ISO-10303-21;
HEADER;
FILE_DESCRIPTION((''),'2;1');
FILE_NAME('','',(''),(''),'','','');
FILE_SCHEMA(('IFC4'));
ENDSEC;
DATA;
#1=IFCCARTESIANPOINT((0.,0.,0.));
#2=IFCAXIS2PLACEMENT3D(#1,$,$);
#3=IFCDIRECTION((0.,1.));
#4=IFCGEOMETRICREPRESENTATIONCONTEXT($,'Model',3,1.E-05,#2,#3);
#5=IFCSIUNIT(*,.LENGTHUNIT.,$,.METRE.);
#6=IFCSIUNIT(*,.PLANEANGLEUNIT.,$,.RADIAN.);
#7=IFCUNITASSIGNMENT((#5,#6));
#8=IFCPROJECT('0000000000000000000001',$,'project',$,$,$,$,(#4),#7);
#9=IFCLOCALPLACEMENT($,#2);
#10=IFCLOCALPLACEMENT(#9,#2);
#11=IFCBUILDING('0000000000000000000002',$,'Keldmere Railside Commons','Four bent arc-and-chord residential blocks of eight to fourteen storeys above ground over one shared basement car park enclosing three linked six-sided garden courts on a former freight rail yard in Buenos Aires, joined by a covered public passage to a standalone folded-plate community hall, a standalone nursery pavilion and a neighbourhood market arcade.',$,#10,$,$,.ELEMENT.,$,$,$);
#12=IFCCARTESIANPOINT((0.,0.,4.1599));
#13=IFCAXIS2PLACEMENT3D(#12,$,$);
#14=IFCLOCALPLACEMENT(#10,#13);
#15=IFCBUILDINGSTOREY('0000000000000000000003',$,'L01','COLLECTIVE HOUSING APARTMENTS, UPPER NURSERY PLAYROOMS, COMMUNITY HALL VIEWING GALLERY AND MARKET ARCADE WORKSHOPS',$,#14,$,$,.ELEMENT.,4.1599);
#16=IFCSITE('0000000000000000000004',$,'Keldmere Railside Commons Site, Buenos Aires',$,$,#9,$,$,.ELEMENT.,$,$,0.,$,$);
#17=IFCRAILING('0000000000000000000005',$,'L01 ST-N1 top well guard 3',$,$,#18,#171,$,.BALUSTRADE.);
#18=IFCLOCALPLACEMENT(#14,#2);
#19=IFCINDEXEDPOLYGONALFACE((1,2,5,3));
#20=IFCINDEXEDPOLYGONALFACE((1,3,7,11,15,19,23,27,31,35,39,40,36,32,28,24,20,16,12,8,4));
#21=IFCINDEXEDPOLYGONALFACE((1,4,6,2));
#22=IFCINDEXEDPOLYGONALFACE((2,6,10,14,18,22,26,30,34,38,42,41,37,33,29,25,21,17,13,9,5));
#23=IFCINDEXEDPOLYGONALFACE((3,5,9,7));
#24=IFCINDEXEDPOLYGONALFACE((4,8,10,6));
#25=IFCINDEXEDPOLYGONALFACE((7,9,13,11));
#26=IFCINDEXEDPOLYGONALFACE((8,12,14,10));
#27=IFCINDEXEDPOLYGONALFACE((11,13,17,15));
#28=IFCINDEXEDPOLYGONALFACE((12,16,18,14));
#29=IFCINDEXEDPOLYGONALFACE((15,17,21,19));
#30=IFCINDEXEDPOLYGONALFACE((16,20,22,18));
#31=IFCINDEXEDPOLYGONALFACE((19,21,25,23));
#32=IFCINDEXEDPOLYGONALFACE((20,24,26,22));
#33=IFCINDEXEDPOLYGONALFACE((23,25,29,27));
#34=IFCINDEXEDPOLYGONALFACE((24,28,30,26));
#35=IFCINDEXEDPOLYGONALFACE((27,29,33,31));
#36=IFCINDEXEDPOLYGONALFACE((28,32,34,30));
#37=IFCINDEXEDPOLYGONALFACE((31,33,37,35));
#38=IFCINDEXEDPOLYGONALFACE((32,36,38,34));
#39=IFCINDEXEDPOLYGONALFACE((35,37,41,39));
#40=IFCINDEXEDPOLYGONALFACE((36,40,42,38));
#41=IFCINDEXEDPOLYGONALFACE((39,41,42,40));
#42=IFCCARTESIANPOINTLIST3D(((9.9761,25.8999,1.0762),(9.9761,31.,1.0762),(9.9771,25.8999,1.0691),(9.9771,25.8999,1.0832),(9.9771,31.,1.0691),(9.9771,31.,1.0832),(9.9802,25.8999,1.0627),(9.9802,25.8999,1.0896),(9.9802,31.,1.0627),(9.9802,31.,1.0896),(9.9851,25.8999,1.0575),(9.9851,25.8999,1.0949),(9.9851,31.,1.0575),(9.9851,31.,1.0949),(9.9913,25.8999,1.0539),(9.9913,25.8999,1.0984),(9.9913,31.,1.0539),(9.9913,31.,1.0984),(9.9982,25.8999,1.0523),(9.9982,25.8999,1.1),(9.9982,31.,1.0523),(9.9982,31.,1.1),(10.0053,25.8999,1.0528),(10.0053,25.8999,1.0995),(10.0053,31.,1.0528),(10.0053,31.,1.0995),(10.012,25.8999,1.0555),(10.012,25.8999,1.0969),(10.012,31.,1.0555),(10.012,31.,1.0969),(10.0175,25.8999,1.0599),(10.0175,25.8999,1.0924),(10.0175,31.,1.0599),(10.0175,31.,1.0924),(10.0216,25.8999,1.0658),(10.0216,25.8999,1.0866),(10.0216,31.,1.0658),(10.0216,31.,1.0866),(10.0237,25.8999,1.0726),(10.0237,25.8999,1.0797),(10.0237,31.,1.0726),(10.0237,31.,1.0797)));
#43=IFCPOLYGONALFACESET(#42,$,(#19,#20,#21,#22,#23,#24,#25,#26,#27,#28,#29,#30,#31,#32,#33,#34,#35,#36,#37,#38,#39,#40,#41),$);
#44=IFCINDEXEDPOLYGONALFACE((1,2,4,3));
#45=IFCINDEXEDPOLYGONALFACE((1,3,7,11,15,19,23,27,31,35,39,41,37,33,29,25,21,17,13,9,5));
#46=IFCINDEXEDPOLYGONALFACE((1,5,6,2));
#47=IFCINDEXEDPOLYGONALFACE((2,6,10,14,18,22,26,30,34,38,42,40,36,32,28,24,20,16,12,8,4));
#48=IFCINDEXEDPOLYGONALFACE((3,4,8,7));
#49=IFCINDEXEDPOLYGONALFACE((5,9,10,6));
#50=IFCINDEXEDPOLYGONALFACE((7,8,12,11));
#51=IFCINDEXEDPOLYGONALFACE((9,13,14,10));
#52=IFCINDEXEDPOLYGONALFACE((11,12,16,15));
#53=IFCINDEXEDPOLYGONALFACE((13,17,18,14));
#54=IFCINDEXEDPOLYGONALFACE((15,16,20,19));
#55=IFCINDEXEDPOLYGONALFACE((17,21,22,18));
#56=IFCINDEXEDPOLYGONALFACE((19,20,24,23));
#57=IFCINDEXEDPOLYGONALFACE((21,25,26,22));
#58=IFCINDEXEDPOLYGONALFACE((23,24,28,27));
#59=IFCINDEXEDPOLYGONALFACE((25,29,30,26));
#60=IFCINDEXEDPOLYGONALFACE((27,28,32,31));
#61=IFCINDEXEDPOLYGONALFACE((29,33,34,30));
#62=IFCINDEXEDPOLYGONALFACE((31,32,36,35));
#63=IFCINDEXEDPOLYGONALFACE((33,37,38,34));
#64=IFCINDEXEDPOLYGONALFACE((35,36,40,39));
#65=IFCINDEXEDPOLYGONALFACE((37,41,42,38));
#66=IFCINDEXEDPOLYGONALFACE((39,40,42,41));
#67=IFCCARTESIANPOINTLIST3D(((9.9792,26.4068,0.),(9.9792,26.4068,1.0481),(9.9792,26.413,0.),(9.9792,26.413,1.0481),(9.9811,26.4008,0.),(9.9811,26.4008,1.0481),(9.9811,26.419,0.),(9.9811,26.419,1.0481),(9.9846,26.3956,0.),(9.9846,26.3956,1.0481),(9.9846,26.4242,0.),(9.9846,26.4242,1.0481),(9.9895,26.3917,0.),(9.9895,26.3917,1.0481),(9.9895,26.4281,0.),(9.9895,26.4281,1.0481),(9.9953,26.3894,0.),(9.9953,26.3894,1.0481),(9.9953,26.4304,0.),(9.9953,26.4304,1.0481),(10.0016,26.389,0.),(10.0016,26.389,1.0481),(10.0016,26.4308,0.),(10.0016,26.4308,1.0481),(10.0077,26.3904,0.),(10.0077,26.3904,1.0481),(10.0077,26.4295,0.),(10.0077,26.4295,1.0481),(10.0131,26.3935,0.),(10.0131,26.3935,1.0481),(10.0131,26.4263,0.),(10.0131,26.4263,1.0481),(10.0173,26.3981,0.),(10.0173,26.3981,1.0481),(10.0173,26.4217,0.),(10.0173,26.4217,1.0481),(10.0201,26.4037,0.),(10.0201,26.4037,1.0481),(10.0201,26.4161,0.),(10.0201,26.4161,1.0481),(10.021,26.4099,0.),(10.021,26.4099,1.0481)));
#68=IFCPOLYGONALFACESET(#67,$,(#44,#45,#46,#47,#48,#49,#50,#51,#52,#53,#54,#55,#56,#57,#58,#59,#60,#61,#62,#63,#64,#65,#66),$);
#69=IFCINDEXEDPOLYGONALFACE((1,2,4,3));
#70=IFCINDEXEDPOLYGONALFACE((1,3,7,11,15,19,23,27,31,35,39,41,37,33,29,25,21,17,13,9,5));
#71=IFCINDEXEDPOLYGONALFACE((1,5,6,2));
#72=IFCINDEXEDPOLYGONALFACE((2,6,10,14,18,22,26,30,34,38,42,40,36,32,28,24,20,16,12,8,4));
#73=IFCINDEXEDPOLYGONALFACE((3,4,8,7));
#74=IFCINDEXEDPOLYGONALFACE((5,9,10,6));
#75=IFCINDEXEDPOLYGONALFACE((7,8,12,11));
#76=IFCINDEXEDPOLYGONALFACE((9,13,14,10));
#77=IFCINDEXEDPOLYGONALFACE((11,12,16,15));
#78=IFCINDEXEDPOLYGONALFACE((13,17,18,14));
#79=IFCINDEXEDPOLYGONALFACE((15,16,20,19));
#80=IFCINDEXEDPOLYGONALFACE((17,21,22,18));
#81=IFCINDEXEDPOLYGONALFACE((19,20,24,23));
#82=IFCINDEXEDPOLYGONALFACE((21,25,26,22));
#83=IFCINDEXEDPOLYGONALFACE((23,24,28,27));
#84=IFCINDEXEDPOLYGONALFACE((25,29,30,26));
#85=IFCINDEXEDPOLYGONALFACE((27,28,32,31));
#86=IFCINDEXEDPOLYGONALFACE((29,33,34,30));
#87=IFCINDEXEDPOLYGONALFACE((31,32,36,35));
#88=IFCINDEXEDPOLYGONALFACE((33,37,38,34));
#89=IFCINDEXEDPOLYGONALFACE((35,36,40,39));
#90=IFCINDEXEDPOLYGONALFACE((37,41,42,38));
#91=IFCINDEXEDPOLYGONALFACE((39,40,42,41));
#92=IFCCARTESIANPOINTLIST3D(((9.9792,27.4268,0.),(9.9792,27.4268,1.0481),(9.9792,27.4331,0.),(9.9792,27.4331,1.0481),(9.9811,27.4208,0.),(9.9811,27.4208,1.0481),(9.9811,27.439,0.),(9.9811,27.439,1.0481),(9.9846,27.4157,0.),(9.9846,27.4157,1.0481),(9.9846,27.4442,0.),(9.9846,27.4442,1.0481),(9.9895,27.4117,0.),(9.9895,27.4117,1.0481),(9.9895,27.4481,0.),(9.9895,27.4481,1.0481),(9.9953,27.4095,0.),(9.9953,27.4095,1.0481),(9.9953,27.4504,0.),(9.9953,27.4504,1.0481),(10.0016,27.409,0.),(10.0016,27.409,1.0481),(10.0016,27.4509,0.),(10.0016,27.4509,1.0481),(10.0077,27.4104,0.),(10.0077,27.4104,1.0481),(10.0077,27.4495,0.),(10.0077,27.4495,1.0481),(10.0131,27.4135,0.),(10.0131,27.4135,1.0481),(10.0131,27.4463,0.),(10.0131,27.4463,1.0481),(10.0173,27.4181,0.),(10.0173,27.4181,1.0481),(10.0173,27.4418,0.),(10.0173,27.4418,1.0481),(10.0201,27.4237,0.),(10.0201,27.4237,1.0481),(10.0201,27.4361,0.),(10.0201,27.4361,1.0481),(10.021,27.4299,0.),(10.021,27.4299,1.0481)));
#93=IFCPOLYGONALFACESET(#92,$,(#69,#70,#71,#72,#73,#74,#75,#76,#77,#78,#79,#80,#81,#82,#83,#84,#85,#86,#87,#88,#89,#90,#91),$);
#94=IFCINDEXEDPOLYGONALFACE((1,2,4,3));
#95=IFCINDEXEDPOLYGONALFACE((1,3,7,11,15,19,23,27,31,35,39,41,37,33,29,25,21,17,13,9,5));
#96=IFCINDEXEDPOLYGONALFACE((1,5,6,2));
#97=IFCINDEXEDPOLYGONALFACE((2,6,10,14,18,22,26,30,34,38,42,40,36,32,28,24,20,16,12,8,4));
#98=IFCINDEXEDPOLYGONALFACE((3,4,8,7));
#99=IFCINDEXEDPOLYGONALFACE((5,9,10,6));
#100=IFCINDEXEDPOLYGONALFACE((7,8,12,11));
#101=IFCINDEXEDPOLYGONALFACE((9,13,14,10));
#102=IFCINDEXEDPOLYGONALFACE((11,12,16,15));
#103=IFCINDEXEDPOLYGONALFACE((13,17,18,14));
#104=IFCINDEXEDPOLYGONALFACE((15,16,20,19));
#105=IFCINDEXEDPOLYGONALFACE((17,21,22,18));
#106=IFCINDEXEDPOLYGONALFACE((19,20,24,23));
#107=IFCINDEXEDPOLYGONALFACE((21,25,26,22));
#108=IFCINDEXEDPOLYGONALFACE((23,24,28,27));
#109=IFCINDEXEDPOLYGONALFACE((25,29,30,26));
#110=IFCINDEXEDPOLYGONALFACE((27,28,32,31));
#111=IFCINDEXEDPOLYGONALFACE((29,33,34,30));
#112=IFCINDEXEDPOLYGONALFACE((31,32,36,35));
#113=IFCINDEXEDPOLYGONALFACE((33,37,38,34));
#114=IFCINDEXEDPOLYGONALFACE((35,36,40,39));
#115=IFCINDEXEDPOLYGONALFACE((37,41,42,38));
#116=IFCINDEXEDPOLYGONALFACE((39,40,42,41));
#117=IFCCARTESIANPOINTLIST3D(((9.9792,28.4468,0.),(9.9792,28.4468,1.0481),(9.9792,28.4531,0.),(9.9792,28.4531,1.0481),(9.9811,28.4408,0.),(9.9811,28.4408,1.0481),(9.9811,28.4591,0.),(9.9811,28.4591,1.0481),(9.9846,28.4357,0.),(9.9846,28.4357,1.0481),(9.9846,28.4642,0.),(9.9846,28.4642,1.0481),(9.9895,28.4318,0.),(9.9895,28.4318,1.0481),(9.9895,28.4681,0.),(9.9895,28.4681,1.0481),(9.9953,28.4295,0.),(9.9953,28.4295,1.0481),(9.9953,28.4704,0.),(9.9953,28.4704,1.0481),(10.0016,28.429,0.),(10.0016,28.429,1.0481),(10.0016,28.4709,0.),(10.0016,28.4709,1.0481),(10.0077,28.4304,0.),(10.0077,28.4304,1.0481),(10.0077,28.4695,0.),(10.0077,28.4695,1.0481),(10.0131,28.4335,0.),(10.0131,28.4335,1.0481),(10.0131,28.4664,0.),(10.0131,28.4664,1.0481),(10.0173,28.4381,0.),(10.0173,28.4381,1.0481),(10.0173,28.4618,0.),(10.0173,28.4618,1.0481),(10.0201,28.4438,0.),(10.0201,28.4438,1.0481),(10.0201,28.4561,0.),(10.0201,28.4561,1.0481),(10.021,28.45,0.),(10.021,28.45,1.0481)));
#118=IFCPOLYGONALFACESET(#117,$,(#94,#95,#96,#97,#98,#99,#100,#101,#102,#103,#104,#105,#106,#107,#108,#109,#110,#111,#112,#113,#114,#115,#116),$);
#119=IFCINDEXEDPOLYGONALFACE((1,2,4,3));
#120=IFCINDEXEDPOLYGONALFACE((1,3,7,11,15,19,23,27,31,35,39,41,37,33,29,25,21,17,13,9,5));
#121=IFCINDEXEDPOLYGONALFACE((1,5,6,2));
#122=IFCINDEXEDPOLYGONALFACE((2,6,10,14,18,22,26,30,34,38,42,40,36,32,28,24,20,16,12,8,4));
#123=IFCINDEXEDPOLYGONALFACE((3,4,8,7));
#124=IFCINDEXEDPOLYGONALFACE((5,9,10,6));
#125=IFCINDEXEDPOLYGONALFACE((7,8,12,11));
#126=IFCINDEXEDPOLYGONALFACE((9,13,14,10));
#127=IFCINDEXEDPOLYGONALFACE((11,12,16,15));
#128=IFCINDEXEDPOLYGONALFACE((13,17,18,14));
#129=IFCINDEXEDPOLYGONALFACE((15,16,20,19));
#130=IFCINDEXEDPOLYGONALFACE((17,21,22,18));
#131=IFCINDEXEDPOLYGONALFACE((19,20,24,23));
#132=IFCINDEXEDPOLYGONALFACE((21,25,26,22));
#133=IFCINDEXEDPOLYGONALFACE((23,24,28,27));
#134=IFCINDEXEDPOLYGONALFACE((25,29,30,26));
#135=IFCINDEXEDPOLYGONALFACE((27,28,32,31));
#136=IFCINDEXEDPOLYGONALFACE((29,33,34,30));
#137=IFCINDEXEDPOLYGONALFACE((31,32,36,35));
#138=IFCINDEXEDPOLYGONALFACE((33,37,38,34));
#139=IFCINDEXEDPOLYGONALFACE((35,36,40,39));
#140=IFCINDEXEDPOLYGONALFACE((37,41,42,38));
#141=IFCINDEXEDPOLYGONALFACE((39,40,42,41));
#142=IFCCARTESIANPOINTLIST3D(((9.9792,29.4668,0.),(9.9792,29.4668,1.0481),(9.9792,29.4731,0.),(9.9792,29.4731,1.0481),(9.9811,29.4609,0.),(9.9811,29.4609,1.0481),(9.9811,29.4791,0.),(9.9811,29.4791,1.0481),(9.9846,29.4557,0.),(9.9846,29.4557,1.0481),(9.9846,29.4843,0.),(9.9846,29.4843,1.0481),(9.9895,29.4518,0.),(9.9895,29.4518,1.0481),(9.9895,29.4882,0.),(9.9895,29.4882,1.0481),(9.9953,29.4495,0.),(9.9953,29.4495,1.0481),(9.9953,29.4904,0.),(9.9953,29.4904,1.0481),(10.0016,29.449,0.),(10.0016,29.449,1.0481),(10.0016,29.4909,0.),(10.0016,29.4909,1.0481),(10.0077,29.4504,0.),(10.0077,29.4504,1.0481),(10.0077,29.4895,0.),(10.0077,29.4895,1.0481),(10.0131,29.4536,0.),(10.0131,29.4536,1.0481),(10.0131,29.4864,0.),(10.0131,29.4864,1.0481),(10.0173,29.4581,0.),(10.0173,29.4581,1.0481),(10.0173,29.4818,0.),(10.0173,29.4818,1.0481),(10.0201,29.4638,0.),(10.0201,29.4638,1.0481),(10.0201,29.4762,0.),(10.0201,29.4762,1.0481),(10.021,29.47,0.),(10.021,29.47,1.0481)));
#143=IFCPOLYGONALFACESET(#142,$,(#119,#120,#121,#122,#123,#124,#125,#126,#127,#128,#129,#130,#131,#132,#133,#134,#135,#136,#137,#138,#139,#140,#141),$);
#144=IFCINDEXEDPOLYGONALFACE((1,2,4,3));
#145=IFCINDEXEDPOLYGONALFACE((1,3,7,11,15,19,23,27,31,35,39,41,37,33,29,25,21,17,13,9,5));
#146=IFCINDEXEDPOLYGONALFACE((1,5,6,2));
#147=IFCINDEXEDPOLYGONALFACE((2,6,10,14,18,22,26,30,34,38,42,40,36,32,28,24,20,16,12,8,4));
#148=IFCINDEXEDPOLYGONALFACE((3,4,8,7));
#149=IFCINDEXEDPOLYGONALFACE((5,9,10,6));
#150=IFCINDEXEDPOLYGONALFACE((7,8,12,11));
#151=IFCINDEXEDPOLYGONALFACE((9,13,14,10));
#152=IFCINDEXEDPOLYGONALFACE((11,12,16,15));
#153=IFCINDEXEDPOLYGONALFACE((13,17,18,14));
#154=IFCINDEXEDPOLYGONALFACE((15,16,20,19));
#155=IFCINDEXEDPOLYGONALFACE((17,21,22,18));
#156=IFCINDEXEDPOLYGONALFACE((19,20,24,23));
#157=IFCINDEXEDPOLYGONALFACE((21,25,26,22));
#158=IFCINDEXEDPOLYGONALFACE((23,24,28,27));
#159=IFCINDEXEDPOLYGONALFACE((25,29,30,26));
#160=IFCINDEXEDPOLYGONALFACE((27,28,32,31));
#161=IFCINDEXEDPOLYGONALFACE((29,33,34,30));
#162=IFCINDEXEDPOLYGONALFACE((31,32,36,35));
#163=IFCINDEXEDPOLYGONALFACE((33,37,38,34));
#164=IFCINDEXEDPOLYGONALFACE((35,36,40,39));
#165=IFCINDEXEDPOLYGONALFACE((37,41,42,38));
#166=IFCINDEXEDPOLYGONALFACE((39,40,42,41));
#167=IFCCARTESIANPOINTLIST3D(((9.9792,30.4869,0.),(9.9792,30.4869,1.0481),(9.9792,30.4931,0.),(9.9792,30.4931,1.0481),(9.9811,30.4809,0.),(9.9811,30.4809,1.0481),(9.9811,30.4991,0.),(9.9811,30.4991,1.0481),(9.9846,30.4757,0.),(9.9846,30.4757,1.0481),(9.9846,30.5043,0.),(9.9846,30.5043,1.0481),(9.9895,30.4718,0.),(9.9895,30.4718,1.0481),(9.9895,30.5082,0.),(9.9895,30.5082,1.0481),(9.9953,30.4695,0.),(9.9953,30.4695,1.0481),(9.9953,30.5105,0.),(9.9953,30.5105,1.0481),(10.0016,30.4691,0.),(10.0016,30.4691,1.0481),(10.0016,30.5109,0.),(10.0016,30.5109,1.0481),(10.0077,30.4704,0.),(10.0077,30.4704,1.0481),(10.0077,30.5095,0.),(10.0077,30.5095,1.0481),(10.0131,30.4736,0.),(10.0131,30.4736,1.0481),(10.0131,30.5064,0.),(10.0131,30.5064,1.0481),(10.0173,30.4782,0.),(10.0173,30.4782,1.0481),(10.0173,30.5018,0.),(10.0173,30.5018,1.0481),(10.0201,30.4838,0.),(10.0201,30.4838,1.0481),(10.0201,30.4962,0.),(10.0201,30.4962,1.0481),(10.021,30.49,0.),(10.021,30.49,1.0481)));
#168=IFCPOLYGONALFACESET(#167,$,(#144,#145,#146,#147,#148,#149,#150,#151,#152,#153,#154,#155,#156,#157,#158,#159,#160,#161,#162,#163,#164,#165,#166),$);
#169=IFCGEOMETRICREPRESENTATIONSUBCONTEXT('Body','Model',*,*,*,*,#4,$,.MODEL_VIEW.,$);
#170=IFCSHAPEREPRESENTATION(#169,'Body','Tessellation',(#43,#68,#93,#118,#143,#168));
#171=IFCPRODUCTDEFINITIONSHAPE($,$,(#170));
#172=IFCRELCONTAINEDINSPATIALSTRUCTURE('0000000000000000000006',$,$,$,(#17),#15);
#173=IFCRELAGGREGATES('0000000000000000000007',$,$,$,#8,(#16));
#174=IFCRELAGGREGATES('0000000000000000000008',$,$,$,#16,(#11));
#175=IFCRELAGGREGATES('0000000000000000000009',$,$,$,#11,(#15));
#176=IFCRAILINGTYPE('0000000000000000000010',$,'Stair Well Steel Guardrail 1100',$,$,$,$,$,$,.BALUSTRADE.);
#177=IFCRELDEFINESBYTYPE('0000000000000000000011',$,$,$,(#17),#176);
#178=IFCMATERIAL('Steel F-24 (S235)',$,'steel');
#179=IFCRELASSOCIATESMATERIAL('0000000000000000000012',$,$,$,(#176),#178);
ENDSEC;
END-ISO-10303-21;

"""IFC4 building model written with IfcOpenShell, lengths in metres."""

from ifc_helpers import new_model, si_unit, direction, frame, origin, origin_2d, place, context, subcontext, project, spatial, circle, extrude, material, type_object, element, save


model = new_model("IFC4")

# Units and contexts
model_context = context("Model", 3, precision=1e-05, world=origin(), true_north=direction((0.0, 1.0)))
body_context = subcontext(model_context, "Body", "Model", "MODEL_VIEW")
ifc_project = project(units=[si_unit("LENGTHUNIT", "METRE"), si_unit("PLANEANGLEUNIT", "RADIAN")], contexts=[model_context])

# Site, building, storey
site_placement = place(None, origin())
site = spatial("IfcSite", under=ifc_project, at=site_placement, Name="Keldmere Railside Commons Site, Buenos Aires", CompositionType="ELEMENT", RefElevation=0.0)
building_placement = place(site_placement, origin())
building = spatial("IfcBuilding", under=site, at=building_placement, Name="Keldmere Railside Commons", Description="Four bent arc-and-chord residential blocks of eight to fourteen storeys above ground over one shared basement car park enclosing three linked six-sided garden courts on a former freight rail yard in Buenos Aires, joined by a covered public passage to a standalone folded-plate community hall, a standalone nursery pavilion and a neighbourhood market arcade.", CompositionType="ELEMENT")
storey_placement = place(building_placement, frame((0.0, 0.0, 4.1599)))
storey = spatial("IfcBuildingStorey", under=building, at=storey_placement, Name="L01", Description="COLLECTIVE HOUSING APARTMENTS, UPPER NURSERY PLAYROOMS, COMMUNITY HALL VIEWING GALLERY AND MARKET ARCADE WORKSHOPS", CompositionType="ELEMENT", Elevation=4.1599)

# Shared definitions
ifc_material_1 = material(Name="Steel F-24 (S235)", Category="steel")

# Railing
railing_type = type_object("IfcRailingType", Name="Stair Well Steel Guardrail 1100", PredefinedType="BALUSTRADE", material=ifc_material_1)
for number, where, name in (
    (1, (10.0, 25.8999, 0.0), "L01 ST-N1 top well guard 3"),
):
    element("IfcRailing", number, at=place(storey_placement, frame(where)), inside=storey, type_object=railing_type, Name=name, PredefinedType="BALUSTRADE", context=body_context, shape_type="SweptSolid", body=[
        extrude(circle(Radius=0.0239, at=origin_2d()), frame((0.0, 0.0, 1.0762), z_axis=(0.0, 1.0, 0.0), x_axis=(-1.0, 0.0, 0.0)), (0.0, 0.0, 1.0), 5.1001),
        extrude(circle(Radius=0.021, at=origin_2d()), frame((0.0, 0.51, 0.0)), (0.0, 0.0, 1.0), 1.0481),
        extrude(circle(Radius=0.021, at=origin_2d()), frame((0.0, 1.53, 0.0)), (0.0, 0.0, 1.0), 1.0481),
        extrude(circle(Radius=0.021, at=origin_2d()), frame((0.0, 2.55, 0.0)), (0.0, 0.0, 1.0), 1.0481),
        extrude(circle(Radius=0.021, at=origin_2d()), frame((0.0, 3.5701, 0.0)), (0.0, 0.0, 1.0), 1.0481),
        extrude(circle(Radius=0.021, at=origin_2d()), frame((0.0, 4.5901, 0.0)), (0.0, 0.0, 1.0), 1.0481),
    ])

save(model, "model.ifc")
